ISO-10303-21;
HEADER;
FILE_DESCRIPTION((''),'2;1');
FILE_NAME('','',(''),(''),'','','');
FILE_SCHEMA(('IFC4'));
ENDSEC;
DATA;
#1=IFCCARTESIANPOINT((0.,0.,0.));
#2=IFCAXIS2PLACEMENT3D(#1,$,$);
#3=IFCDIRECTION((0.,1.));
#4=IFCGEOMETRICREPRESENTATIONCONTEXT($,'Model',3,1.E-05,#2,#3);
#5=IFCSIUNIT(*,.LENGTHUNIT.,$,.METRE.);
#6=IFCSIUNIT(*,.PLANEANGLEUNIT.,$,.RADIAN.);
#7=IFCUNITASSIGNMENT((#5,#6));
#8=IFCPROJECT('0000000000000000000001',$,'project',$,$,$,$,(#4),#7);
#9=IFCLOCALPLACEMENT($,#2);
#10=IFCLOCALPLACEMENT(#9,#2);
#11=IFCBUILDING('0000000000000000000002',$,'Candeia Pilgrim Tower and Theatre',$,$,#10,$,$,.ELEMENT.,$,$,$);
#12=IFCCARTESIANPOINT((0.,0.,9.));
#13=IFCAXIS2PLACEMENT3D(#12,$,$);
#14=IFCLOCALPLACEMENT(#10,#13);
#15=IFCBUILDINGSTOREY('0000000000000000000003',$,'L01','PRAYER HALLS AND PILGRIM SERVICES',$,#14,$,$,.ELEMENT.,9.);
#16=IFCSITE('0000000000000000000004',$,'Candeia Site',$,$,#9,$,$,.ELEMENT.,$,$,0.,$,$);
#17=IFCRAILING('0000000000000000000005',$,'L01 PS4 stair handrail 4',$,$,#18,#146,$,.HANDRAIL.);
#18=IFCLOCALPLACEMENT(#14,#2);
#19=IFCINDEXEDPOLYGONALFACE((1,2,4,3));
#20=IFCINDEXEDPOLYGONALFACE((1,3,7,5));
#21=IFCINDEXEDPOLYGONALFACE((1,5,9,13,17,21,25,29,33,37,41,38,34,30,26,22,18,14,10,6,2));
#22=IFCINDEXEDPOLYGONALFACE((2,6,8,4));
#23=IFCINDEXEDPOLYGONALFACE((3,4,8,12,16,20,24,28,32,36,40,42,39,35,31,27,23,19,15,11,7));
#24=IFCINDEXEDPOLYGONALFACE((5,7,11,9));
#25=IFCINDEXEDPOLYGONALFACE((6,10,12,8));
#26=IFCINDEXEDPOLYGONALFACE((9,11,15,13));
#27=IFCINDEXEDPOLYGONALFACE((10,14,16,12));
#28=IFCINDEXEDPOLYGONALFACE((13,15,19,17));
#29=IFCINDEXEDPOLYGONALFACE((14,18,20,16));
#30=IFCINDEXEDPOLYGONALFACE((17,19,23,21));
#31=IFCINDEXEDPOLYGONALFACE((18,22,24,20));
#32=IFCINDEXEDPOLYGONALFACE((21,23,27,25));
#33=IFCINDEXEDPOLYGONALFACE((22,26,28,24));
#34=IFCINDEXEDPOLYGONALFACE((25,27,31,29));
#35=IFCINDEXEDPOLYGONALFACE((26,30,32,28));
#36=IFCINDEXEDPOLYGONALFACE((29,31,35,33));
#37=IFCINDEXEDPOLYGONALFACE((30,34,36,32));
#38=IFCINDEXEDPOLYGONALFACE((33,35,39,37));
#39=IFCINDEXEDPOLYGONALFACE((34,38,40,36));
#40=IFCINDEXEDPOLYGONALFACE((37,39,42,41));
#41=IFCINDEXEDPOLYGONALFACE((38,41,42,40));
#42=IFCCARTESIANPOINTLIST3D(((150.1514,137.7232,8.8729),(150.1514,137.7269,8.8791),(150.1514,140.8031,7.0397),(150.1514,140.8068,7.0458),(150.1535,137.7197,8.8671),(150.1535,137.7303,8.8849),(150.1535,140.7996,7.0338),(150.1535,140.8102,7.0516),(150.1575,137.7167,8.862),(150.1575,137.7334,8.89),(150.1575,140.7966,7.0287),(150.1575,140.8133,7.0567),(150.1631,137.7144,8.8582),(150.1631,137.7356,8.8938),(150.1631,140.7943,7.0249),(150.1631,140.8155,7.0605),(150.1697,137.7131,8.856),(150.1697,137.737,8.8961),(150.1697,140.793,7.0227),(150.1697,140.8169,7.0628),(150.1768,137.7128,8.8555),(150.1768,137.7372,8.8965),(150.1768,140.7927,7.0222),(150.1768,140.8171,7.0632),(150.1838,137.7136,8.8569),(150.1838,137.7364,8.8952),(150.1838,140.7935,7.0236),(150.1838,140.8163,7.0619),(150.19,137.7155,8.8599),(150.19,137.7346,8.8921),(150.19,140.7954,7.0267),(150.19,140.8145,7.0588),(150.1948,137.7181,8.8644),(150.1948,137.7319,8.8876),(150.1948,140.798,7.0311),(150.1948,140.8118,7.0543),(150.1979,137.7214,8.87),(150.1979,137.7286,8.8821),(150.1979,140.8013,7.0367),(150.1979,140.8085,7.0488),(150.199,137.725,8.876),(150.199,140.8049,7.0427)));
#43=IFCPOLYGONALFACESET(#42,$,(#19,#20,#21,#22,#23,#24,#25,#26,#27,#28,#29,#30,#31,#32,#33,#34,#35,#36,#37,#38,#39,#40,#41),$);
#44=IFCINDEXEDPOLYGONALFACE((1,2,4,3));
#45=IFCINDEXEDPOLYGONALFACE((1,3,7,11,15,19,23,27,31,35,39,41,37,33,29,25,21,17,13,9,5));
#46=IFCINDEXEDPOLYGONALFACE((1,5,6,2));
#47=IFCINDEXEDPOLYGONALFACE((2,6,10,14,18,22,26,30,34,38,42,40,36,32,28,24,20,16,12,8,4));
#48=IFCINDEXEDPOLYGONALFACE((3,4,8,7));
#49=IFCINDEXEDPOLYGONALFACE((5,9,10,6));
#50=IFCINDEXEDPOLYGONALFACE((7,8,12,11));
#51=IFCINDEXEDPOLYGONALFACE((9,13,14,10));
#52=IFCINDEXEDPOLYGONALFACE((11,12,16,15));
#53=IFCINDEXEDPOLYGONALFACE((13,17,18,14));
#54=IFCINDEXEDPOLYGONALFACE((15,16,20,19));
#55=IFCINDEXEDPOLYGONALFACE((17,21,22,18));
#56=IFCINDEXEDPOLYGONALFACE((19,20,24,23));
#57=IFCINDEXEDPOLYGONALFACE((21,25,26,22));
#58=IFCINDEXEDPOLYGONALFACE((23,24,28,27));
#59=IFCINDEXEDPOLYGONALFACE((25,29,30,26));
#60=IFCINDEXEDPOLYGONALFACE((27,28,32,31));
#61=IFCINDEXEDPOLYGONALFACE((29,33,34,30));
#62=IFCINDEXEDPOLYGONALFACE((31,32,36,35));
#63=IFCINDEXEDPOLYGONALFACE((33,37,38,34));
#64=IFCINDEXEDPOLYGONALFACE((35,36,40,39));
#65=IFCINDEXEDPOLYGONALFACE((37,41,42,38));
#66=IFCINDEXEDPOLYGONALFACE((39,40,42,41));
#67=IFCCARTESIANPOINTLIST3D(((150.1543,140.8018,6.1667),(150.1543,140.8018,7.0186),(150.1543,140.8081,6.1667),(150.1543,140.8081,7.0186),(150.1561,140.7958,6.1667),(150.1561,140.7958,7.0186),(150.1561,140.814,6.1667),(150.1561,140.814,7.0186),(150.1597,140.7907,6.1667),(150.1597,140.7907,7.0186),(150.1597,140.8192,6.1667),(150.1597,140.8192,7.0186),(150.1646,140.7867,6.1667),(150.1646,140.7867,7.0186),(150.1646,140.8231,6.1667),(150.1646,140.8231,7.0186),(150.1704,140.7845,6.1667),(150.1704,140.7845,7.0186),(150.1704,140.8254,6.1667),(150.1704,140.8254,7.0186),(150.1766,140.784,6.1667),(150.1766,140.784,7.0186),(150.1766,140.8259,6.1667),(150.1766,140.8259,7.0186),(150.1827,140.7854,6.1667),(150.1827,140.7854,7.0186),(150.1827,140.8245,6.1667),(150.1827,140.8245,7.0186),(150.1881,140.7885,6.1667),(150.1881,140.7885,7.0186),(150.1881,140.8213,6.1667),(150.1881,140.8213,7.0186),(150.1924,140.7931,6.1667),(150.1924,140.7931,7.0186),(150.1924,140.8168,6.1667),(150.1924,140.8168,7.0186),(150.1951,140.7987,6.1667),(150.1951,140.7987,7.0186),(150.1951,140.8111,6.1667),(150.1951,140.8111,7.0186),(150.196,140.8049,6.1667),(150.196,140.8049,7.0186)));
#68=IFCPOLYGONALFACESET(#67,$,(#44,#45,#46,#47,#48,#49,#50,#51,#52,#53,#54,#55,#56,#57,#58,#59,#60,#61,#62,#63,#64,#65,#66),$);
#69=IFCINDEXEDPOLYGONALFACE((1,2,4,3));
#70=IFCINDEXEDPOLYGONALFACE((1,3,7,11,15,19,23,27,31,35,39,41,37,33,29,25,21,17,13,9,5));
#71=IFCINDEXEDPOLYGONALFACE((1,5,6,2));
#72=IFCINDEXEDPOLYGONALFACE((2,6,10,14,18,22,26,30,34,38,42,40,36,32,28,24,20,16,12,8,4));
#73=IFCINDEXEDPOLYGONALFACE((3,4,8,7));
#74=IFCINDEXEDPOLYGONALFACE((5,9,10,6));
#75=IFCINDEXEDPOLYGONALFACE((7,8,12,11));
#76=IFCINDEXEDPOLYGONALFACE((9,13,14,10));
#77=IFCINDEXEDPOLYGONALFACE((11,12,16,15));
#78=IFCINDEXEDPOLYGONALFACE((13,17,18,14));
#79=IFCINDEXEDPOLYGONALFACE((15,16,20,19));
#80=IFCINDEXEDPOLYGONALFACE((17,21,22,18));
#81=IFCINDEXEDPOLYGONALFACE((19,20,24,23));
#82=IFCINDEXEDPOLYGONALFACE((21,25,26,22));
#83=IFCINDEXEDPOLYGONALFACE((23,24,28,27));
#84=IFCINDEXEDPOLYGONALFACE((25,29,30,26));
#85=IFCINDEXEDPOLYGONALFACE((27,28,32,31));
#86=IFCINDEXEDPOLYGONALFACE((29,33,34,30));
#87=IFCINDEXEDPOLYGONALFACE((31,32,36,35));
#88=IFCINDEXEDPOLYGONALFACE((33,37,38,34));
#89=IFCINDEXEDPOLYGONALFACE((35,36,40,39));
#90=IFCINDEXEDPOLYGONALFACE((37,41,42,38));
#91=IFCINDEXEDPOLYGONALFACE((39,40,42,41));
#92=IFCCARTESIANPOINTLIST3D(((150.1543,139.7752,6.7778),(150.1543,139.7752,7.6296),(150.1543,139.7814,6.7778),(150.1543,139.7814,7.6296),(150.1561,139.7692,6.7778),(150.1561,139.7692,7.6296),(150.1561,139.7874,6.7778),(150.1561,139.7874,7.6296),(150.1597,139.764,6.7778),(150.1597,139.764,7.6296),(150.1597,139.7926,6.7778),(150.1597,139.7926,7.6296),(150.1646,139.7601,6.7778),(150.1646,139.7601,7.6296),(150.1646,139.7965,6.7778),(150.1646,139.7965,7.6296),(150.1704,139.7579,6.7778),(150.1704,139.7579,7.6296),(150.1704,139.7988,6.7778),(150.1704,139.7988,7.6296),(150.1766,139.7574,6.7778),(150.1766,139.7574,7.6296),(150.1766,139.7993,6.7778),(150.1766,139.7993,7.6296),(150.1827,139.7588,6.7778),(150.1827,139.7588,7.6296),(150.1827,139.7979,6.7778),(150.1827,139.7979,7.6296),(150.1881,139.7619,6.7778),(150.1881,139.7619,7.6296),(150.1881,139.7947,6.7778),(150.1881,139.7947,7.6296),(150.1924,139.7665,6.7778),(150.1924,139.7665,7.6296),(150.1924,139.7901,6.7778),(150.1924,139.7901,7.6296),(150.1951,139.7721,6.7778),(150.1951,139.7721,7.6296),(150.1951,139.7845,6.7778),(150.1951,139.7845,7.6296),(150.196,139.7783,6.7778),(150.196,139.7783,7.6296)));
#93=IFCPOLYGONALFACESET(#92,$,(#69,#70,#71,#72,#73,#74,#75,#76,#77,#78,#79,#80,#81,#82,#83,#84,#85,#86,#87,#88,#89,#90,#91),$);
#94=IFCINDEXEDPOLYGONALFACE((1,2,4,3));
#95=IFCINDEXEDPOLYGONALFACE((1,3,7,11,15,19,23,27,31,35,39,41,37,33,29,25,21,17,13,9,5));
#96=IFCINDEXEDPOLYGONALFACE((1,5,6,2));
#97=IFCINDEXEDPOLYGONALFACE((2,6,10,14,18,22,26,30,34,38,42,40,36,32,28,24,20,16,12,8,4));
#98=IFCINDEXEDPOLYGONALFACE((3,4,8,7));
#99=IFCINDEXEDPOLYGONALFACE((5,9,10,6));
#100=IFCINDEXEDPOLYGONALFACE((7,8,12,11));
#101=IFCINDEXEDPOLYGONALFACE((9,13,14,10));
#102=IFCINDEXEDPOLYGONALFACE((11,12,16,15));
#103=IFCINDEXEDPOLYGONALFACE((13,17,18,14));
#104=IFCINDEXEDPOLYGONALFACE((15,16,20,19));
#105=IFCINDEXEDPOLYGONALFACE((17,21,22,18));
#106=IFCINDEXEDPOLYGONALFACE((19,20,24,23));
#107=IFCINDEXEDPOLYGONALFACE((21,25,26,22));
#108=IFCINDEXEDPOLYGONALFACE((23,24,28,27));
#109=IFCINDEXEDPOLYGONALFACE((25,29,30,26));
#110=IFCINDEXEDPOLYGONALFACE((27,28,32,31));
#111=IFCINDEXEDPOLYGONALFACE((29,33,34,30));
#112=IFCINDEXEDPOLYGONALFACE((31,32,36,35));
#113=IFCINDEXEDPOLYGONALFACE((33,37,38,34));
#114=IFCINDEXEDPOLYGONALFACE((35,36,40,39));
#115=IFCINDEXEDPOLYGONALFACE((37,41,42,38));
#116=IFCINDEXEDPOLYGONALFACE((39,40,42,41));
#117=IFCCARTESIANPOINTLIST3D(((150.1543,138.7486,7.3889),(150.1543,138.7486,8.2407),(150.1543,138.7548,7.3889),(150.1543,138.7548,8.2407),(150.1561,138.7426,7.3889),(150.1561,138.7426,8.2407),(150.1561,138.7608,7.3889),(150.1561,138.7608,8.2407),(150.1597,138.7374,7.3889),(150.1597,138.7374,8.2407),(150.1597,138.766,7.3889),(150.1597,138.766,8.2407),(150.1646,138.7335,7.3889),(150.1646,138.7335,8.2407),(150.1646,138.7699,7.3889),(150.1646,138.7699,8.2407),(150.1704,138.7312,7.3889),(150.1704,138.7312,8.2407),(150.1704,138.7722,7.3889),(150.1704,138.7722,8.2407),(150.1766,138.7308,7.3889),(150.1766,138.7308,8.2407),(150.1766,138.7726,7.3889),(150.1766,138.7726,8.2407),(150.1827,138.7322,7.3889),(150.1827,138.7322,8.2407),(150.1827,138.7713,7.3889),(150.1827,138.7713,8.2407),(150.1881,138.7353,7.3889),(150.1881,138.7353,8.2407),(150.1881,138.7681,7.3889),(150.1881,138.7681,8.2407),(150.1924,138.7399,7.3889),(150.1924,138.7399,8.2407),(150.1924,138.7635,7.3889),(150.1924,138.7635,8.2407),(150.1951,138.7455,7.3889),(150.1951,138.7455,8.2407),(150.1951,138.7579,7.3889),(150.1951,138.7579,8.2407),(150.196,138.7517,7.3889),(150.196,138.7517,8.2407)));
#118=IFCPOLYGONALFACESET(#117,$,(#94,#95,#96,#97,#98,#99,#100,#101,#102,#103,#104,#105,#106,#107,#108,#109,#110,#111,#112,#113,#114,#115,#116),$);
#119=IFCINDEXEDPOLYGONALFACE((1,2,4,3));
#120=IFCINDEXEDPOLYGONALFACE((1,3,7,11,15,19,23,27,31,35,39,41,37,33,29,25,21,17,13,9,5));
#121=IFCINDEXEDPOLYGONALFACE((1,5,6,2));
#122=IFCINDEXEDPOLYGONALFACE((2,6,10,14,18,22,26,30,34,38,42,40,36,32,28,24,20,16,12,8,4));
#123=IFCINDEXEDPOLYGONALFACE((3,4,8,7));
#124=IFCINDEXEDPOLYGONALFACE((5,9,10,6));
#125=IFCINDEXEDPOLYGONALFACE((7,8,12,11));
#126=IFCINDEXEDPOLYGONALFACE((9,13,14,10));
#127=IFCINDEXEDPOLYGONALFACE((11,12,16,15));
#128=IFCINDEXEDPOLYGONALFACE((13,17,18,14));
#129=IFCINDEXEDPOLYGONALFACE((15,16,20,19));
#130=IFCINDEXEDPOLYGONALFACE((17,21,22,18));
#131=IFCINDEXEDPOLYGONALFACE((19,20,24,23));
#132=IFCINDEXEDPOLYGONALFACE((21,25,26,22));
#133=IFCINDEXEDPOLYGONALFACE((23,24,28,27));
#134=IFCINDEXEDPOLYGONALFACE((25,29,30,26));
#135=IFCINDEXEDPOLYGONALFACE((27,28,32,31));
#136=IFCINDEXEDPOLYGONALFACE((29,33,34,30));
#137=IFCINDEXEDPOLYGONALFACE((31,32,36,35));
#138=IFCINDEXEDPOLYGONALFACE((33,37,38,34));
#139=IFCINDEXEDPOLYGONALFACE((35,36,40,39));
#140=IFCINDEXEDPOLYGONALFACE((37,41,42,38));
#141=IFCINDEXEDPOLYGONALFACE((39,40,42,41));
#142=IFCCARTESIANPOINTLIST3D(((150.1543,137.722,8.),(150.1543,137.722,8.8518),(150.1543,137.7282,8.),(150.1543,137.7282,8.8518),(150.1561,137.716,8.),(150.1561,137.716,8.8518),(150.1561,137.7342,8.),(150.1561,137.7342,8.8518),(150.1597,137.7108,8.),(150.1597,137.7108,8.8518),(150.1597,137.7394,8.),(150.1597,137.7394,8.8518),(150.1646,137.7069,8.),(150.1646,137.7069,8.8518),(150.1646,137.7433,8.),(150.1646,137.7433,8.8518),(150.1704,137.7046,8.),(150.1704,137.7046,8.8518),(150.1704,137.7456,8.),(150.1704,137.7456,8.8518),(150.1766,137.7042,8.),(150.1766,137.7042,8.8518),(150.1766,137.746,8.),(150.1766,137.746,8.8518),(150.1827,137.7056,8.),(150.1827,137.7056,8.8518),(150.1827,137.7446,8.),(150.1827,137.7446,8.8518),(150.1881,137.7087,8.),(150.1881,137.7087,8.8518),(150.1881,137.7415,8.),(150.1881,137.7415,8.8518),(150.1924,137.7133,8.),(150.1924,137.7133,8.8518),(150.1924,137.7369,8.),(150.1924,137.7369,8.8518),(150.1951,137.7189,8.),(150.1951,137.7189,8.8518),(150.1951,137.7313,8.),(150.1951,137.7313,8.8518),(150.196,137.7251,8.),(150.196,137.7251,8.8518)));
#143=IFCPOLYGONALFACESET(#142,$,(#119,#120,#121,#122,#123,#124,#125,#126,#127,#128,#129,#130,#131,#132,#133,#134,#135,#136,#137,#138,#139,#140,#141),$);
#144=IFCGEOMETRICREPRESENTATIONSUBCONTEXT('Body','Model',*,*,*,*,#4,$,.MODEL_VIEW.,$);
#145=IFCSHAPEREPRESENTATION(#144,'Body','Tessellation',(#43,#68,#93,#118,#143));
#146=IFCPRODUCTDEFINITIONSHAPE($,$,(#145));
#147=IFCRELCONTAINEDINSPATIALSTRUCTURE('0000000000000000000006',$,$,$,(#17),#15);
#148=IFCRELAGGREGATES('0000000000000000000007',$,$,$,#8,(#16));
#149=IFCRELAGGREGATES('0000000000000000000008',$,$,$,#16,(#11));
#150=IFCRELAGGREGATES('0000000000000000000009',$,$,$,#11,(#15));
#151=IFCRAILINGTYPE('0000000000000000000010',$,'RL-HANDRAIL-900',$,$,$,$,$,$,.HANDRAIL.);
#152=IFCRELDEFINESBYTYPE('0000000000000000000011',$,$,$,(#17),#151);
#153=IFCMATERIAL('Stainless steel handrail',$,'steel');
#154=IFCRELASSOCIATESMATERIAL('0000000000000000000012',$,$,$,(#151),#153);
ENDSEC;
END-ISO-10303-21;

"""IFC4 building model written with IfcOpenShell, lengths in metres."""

from ifc_helpers import new_model, si_unit, direction, frame, origin, origin_2d, place, context, subcontext, project, spatial, circle, extrude, material, type_object, element, save


model = new_model("IFC4")

# Units and contexts
model_context = context("Model", 3, precision=1e-05, world=origin(), true_north=direction((0.0, 1.0)))
body_context = subcontext(model_context, "Body", "Model", "MODEL_VIEW")
ifc_project = project(units=[si_unit("LENGTHUNIT", "METRE"), si_unit("PLANEANGLEUNIT", "RADIAN")], contexts=[model_context])

# Site, building, storey
site_placement = place(None, origin())
site = spatial("IfcSite", under=ifc_project, at=site_placement, Name="Candeia Site", CompositionType="ELEMENT", RefElevation=0.0)
building_placement = place(site_placement, origin())
building = spatial("IfcBuilding", under=site, at=building_placement, Name="Candeia Pilgrim Tower and Theatre", CompositionType="ELEMENT")
storey_placement = place(building_placement, frame((0.0, 0.0, 9.0)))
storey = spatial("IfcBuildingStorey", under=building, at=storey_placement, Name="L01", Description="PRAYER HALLS AND PILGRIM SERVICES", CompositionType="ELEMENT", Elevation=9.0)

# Railing
ifc_material_1 = material(Name="Stainless steel handrail", Category="steel")
railing_type_1 = type_object("IfcRailingType", Name="RL-HANDRAIL-900", PredefinedType="HANDRAIL", material=ifc_material_1)
for number, where, name in (
    (1, (150.175, 140.8049, 6.1667), "L01 PS4 stair handrail 4"),
):
    element("IfcRailing", number, at=place(storey_placement, frame(where)), inside=storey, type_object=railing_type_1, Name=name, PredefinedType="HANDRAIL", context=body_context, shape_type="SweptSolid", body=[
        extrude(circle(Radius=0.0239, at=origin_2d()), frame((0.0, 0.0, 0.876), z_axis=(0.0, -0.859291, 0.511487), x_axis=(1.0, 0.0, 0.0)), (0.0, 0.0, 1.0), 3.5842),
        extrude(circle(Radius=0.021, at=origin_2d()), origin(), (0.0, 0.0, 1.0), 0.8518),
        extrude(circle(Radius=0.021, at=origin_2d()), frame((0.0, -1.0266, 0.6111)), (0.0, 0.0, 1.0), 0.8518),
        extrude(circle(Radius=0.021, at=origin_2d()), frame((0.0, -2.0532, 1.2222)), (0.0, 0.0, 1.0), 0.8518),
        extrude(circle(Radius=0.021, at=origin_2d()), frame((0.0, -3.0798, 1.8333)), (0.0, 0.0, 1.0), 0.8518),
    ])

save(model, "model.ifc")
